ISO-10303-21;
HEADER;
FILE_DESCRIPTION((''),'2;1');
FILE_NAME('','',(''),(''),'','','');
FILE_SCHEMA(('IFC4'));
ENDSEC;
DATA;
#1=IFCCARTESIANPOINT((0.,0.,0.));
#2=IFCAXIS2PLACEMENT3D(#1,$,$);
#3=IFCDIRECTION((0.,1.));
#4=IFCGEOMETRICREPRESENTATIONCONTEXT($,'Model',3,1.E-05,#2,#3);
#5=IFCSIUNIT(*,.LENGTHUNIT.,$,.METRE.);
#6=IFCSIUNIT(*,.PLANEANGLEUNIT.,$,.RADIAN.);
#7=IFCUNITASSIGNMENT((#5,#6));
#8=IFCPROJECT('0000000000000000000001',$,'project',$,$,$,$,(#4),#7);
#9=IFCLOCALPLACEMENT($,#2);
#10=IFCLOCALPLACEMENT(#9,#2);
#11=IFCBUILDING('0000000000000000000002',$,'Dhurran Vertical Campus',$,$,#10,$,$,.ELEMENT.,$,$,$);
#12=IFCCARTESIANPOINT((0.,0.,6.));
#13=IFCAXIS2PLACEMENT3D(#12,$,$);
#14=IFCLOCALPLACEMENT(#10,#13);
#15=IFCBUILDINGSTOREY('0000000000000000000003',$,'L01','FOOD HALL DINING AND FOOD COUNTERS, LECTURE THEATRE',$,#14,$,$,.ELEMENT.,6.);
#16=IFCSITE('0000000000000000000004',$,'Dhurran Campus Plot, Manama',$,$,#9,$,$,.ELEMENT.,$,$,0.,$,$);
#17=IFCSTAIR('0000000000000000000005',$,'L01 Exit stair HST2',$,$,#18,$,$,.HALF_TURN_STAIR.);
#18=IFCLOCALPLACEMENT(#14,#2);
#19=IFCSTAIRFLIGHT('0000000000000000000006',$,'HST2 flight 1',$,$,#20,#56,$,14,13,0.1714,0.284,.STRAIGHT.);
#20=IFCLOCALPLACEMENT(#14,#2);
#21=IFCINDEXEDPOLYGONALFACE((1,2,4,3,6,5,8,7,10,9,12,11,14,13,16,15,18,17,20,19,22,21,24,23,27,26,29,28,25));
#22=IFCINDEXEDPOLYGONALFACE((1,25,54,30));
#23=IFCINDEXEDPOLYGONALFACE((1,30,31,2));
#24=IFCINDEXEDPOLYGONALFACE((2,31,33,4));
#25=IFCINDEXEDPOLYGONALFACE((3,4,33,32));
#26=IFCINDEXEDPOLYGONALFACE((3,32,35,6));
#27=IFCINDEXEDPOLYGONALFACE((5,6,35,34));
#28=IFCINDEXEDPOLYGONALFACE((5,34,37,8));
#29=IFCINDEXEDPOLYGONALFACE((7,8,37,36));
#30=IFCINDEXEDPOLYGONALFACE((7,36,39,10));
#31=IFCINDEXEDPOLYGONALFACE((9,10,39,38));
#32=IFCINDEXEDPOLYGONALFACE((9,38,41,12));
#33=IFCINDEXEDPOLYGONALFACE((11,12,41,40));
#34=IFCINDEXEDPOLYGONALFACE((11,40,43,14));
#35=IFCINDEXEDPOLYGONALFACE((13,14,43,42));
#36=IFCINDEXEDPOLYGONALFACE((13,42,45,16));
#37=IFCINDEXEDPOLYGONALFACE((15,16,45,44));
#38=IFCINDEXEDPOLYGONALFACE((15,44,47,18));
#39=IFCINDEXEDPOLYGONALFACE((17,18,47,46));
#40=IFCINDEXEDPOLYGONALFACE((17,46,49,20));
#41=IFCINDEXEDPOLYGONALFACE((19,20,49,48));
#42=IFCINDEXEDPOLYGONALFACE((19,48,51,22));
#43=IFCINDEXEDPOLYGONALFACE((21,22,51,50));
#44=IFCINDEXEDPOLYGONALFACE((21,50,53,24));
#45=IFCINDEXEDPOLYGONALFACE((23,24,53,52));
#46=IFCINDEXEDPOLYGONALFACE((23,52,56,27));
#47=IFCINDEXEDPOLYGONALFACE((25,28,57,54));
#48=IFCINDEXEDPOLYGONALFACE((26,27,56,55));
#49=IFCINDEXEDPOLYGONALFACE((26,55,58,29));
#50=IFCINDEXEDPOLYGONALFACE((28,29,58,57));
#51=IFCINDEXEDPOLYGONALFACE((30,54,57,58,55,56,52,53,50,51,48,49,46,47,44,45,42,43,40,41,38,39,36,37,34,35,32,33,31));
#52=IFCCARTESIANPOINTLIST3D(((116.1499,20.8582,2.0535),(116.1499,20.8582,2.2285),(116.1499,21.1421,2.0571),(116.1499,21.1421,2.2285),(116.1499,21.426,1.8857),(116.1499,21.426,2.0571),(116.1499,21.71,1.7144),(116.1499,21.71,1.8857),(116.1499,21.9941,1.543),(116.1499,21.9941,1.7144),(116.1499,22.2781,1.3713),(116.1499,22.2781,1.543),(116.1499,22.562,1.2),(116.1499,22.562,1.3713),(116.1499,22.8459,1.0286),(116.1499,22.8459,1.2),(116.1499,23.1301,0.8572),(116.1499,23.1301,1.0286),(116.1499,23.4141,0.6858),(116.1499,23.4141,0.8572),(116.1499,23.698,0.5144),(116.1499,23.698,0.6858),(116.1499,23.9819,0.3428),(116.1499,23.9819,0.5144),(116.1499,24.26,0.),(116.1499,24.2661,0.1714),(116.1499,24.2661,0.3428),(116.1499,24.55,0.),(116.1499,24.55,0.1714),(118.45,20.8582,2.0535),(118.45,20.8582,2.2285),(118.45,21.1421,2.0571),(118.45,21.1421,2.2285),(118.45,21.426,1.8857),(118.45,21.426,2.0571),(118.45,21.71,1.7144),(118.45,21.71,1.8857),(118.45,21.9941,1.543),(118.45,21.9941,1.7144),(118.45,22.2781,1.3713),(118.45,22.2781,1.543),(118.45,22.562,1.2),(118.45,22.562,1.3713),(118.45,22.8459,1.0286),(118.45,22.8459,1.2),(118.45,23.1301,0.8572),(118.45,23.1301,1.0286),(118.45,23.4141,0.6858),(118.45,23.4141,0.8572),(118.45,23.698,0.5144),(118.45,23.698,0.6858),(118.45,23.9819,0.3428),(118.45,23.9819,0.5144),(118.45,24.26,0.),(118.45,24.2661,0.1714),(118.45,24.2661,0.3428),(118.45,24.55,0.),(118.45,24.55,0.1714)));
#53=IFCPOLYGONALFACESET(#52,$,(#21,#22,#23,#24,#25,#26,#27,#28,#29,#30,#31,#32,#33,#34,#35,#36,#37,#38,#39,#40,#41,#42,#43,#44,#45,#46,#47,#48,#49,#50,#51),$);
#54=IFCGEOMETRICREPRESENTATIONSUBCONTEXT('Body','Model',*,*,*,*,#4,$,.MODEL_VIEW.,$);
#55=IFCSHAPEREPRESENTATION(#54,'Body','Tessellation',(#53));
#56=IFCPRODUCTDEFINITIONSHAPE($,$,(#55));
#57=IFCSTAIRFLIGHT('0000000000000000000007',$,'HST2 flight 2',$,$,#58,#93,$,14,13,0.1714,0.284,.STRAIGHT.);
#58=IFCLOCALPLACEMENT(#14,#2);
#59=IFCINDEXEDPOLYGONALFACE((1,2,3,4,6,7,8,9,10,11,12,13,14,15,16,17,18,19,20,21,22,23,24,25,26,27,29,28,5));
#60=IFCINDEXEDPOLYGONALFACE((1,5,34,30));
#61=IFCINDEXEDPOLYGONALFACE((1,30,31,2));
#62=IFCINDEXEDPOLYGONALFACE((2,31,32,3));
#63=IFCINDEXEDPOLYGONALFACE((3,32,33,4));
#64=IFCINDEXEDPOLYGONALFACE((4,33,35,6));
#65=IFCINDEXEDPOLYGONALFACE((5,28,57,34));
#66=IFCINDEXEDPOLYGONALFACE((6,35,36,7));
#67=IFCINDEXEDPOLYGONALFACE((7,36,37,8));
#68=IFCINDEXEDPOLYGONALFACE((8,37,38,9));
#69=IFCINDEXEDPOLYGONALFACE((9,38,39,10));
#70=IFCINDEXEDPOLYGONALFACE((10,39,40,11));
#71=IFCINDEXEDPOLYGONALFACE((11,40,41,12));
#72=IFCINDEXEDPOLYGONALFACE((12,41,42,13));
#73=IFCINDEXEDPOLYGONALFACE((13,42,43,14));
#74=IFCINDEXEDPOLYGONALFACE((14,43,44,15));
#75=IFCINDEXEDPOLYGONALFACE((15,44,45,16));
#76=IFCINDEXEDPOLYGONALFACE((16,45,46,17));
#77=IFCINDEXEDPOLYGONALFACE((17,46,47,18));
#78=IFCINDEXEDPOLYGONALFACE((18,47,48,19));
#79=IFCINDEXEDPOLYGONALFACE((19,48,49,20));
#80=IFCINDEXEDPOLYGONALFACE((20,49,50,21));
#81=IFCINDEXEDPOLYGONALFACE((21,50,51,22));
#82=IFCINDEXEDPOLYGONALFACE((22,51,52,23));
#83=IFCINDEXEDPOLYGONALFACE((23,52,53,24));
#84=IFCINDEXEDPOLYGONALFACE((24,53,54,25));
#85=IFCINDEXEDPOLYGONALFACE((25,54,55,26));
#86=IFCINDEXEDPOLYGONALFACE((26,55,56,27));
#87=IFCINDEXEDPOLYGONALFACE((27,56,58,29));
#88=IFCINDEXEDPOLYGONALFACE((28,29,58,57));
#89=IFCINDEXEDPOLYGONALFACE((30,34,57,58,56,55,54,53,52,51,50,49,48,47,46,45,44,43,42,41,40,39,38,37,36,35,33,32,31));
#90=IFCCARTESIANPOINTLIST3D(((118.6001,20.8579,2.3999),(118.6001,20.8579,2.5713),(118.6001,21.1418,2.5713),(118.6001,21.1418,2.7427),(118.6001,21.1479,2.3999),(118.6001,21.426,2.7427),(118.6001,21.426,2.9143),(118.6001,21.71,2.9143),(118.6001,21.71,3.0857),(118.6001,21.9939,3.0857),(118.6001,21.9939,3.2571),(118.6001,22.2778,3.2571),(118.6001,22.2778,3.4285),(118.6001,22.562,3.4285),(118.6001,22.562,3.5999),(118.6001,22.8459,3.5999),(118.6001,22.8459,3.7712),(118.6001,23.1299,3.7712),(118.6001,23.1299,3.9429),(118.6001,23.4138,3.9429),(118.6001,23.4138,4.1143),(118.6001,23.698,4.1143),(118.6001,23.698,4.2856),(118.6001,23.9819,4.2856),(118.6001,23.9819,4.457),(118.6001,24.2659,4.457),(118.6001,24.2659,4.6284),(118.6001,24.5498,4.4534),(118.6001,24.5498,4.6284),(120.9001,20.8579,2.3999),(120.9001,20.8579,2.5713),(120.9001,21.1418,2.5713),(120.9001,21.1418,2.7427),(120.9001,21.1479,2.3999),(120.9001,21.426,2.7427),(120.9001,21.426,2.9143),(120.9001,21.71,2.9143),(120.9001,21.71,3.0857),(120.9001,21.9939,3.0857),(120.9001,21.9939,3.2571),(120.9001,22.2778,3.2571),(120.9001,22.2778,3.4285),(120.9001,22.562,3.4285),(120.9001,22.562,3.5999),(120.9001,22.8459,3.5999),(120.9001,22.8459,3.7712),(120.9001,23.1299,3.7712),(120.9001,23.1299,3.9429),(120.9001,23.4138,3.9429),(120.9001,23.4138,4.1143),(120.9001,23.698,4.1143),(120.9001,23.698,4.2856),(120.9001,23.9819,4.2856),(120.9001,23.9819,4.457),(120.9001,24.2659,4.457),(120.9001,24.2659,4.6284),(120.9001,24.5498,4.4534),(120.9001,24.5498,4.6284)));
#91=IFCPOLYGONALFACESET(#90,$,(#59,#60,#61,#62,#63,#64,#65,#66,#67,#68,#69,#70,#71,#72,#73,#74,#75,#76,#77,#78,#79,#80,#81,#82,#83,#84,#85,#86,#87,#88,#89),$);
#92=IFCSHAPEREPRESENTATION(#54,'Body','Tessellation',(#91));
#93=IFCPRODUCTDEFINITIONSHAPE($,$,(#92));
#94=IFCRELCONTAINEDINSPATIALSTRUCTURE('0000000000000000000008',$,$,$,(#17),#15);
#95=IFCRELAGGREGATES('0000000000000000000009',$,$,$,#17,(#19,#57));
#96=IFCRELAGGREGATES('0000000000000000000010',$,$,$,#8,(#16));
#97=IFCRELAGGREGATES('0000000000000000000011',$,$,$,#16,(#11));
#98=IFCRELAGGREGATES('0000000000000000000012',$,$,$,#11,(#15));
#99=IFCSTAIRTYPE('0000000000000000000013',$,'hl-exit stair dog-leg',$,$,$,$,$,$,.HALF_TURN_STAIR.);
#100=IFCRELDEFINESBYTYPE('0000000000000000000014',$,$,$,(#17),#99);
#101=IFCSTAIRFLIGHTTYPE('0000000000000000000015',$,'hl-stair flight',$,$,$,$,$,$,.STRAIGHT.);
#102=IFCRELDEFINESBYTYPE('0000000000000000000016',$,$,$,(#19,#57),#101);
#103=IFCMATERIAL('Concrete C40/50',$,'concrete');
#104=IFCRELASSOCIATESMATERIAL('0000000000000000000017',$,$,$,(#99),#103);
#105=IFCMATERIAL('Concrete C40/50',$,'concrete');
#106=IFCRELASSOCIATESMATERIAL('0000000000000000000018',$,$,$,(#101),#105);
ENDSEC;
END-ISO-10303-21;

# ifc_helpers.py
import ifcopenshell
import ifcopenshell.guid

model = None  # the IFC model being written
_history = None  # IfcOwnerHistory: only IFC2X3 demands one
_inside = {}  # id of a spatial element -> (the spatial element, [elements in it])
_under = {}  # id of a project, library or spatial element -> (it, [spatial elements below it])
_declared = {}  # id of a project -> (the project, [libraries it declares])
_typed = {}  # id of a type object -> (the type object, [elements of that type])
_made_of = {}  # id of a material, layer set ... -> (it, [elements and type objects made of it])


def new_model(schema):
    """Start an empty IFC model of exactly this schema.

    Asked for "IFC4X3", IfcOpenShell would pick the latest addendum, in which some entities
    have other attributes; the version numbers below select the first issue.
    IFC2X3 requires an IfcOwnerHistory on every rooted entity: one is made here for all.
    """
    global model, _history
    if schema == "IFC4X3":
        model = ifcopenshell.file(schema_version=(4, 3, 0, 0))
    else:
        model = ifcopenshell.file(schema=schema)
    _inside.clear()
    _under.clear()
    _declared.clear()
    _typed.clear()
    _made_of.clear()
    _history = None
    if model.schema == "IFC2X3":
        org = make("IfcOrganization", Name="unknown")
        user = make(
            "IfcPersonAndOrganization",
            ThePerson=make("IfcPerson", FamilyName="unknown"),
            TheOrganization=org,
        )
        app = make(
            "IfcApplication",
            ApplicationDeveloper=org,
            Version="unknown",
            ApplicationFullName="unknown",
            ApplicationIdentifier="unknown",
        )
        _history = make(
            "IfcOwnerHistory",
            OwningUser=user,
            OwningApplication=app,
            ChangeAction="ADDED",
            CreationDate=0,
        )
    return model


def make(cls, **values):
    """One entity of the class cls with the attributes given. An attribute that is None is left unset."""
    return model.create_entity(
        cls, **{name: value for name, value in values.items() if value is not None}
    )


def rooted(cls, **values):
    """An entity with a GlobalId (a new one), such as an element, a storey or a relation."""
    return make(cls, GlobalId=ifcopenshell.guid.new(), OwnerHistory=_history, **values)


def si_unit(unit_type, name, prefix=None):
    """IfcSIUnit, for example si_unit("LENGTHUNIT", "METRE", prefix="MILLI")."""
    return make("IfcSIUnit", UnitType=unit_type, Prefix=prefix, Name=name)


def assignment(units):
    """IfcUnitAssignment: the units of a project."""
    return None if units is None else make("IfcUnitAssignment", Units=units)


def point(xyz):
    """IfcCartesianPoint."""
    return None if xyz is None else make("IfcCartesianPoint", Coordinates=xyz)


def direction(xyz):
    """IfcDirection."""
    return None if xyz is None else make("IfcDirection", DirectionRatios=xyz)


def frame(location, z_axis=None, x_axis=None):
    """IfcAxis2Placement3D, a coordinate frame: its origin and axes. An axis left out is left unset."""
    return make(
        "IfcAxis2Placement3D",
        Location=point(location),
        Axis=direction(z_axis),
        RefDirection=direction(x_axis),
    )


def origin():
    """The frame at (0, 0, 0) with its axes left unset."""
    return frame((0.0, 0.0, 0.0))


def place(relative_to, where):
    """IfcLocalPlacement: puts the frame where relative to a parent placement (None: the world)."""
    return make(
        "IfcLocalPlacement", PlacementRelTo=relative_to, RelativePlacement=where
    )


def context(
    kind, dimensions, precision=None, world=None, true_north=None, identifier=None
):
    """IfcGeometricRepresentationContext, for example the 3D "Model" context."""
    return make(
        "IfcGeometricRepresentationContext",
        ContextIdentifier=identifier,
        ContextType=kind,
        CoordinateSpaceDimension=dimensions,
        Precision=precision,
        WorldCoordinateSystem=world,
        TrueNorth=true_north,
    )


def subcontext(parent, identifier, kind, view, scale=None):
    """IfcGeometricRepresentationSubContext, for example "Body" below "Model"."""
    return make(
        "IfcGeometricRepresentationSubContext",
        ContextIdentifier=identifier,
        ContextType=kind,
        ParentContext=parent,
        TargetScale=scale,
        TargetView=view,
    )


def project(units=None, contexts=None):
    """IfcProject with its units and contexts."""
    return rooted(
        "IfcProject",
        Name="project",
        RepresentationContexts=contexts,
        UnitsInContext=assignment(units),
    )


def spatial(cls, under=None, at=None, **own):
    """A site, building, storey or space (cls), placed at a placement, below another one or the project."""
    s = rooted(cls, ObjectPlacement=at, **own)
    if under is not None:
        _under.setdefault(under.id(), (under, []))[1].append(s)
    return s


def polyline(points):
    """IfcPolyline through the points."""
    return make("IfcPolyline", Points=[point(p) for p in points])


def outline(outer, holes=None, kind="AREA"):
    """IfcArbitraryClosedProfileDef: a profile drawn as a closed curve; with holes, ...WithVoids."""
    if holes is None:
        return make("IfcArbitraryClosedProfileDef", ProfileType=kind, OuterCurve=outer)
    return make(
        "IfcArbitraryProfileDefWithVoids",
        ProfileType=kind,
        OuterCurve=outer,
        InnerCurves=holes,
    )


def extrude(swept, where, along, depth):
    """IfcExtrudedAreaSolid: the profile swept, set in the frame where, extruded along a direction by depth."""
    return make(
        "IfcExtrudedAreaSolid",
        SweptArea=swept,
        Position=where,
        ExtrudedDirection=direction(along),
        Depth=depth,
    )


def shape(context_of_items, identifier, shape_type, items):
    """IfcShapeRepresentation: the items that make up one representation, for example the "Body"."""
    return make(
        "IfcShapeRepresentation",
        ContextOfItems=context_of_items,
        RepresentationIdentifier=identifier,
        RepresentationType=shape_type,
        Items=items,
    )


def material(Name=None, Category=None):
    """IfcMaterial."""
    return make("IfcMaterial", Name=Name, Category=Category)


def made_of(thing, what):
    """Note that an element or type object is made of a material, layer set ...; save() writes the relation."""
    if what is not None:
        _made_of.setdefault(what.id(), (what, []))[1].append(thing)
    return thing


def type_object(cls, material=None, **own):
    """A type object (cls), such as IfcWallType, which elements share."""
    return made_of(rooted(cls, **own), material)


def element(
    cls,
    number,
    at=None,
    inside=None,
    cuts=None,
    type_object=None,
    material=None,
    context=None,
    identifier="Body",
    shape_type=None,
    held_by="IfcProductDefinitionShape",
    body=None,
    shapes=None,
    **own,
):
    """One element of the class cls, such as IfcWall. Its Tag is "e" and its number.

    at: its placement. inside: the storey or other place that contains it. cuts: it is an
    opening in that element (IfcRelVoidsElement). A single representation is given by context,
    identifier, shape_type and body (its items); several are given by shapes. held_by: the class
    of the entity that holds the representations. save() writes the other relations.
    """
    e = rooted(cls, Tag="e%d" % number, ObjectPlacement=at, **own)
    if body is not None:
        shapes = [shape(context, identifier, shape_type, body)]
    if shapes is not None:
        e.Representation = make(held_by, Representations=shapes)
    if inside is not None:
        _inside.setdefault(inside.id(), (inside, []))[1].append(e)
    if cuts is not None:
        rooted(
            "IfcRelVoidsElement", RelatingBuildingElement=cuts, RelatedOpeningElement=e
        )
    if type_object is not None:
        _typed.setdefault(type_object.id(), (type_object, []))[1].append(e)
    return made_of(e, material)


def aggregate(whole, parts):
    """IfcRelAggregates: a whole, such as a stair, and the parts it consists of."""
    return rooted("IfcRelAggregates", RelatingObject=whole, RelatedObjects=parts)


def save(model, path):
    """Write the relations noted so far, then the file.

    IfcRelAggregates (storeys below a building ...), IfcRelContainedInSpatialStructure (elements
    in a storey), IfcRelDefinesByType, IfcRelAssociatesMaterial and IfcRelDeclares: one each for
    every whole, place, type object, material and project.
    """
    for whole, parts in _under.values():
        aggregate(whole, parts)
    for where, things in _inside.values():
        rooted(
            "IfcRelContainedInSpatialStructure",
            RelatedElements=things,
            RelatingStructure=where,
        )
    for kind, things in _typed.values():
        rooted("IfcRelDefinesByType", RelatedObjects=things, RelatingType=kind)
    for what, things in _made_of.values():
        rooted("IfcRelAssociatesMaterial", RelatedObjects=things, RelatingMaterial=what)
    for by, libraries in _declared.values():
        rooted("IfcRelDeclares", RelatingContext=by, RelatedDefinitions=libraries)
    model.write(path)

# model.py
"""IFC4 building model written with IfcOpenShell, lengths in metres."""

from ifc_helpers import new_model, si_unit, direction, frame, origin, place, context, subcontext, project, spatial, polyline, outline, extrude, material, type_object, element, aggregate, save


model = new_model("IFC4")

# Units and contexts
model_context = context("Model", 3, precision=1e-05, world=origin(), true_north=direction((0.0, 1.0)))
body_context = subcontext(model_context, "Body", "Model", "MODEL_VIEW")
ifc_project = project(units=[si_unit("LENGTHUNIT", "METRE"), si_unit("PLANEANGLEUNIT", "RADIAN")], contexts=[model_context])

# Site, building, storey
site_placement = place(None, origin())
site = spatial("IfcSite", under=ifc_project, at=site_placement, Name="Dhurran Campus Plot, Manama", CompositionType="ELEMENT", RefElevation=0.0)
building_placement = place(site_placement, origin())
building = spatial("IfcBuilding", under=site, at=building_placement, Name="Dhurran Vertical Campus", CompositionType="ELEMENT")
storey_placement = place(building_placement, frame((0.0, 0.0, 6.0)))
storey = spatial("IfcBuildingStorey", under=building, at=storey_placement, Name="L01", Description="FOOD HALL DINING AND FOOD COUNTERS, LECTURE THEATRE", CompositionType="ELEMENT", Elevation=6.0)

# Stair, stair flights
ifc_material_1 = material(Name="Concrete C40/50", Category="concrete")
stair_type = type_object("IfcStairType", Name="hl-exit stair dog-leg", PredefinedType="HALF_TURN_STAIR", material=ifc_material_1)
stair_placement = place(storey_placement, origin())
stair = element("IfcStair", 1, at=stair_placement, inside=storey, type_object=stair_type, Name="L01 Exit stair HST2", PredefinedType="HALF_TURN_STAIR")
ifc_material_2 = material(Name="Concrete C40/50", Category="concrete")
stair_flight_type = type_object("IfcStairFlightType", Name="hl-stair flight", PredefinedType="STRAIGHT", material=ifc_material_2)
stair_flight_1_placement = place(storey_placement, frame((117.3, 24.55, 0.0), z_axis=(0.0, 0.0, 1.0), x_axis=(0.0, -1.0, 0.0)))
stair_flight_1 = element("IfcStairFlight", 2, at=stair_flight_1_placement, type_object=stair_flight_type, Name="HST2 flight 1", NumberOfRisers=14, NumberOfTreads=13, PredefinedType="STRAIGHT", RiserHeight=0.1714, TreadLength=0.284, context=body_context, shape_type="SweptSolid", body=[
    extrude(outline(polyline([(0.0, 0.0), (0.0, 0.1714), (0.2839, 0.1714), (0.2839, 0.3428), (0.5681, 0.3428), (0.5681, 0.5144), (0.8521, 0.5144), (0.8521, 0.6858), (1.136, 0.6858), (1.136, 0.8572), (1.4199, 0.8572), (1.4199, 1.0286), (1.7041, 1.0286), (1.7041, 1.2), (1.988, 1.2), (1.988, 1.3713), (2.272, 1.3713), (2.272, 1.543), (2.5559, 1.543), (2.5559, 1.7144), (2.8401, 1.7144), (2.8401, 1.8857), (3.124, 1.8857), (3.124, 2.0571), (3.408, 2.0571), (3.408, 2.2285), (3.6919, 2.2285), (3.6919, 2.3999), (3.6919, 2.0535), (0.29, 0.0), (0.0, 0.0)])), frame((0.0, 1.1499, 0.0), z_axis=(0.0, -1.0, 0.0), x_axis=(1.0, 0.0, 0.0)), (0.0, 0.0, 1.0), 2.3),
])
stair_flight_2_placement = place(storey_placement, frame((119.75, 20.8579, 2.3999), z_axis=(0.0, 0.0, 1.0), x_axis=(0.0, 1.0, 0.0)))
stair_flight_2 = element("IfcStairFlight", 3, at=stair_flight_2_placement, type_object=stair_flight_type, Name="HST2 flight 2", NumberOfRisers=14, NumberOfTreads=13, PredefinedType="STRAIGHT", RiserHeight=0.1714, TreadLength=0.284, context=body_context, shape_type="SweptSolid", body=[
    extrude(outline(polyline([(0.0, 0.0), (0.0, 0.1714), (0.2839, 0.1714), (0.2839, 0.3428), (0.5681, 0.3428), (0.5681, 0.5144), (0.8521, 0.5144), (0.8521, 0.6858), (1.136, 0.6858), (1.136, 0.8572), (1.4199, 0.8572), (1.4199, 1.0286), (1.7041, 1.0286), (1.7041, 1.2), (1.988, 1.2), (1.988, 1.3713), (2.272, 1.3713), (2.272, 1.543), (2.5559, 1.543), (2.5559, 1.7144), (2.8401, 1.7144), (2.8401, 1.8857), (3.124, 1.8857), (3.124, 2.0571), (3.408, 2.0571), (3.408, 2.2285), (3.6919, 2.2285), (3.6919, 2.3999), (3.6919, 2.0535), (0.29, 0.0), (0.0, 0.0)])), frame((0.0, 1.1499, 0.0), z_axis=(0.0, -1.0, 0.0), x_axis=(1.0, 0.0, 0.0)), (0.0, 0.0, 1.0), 2.3),
])
aggregate(stair, [stair_flight_1, stair_flight_2])

save(model, "model.ifc")
